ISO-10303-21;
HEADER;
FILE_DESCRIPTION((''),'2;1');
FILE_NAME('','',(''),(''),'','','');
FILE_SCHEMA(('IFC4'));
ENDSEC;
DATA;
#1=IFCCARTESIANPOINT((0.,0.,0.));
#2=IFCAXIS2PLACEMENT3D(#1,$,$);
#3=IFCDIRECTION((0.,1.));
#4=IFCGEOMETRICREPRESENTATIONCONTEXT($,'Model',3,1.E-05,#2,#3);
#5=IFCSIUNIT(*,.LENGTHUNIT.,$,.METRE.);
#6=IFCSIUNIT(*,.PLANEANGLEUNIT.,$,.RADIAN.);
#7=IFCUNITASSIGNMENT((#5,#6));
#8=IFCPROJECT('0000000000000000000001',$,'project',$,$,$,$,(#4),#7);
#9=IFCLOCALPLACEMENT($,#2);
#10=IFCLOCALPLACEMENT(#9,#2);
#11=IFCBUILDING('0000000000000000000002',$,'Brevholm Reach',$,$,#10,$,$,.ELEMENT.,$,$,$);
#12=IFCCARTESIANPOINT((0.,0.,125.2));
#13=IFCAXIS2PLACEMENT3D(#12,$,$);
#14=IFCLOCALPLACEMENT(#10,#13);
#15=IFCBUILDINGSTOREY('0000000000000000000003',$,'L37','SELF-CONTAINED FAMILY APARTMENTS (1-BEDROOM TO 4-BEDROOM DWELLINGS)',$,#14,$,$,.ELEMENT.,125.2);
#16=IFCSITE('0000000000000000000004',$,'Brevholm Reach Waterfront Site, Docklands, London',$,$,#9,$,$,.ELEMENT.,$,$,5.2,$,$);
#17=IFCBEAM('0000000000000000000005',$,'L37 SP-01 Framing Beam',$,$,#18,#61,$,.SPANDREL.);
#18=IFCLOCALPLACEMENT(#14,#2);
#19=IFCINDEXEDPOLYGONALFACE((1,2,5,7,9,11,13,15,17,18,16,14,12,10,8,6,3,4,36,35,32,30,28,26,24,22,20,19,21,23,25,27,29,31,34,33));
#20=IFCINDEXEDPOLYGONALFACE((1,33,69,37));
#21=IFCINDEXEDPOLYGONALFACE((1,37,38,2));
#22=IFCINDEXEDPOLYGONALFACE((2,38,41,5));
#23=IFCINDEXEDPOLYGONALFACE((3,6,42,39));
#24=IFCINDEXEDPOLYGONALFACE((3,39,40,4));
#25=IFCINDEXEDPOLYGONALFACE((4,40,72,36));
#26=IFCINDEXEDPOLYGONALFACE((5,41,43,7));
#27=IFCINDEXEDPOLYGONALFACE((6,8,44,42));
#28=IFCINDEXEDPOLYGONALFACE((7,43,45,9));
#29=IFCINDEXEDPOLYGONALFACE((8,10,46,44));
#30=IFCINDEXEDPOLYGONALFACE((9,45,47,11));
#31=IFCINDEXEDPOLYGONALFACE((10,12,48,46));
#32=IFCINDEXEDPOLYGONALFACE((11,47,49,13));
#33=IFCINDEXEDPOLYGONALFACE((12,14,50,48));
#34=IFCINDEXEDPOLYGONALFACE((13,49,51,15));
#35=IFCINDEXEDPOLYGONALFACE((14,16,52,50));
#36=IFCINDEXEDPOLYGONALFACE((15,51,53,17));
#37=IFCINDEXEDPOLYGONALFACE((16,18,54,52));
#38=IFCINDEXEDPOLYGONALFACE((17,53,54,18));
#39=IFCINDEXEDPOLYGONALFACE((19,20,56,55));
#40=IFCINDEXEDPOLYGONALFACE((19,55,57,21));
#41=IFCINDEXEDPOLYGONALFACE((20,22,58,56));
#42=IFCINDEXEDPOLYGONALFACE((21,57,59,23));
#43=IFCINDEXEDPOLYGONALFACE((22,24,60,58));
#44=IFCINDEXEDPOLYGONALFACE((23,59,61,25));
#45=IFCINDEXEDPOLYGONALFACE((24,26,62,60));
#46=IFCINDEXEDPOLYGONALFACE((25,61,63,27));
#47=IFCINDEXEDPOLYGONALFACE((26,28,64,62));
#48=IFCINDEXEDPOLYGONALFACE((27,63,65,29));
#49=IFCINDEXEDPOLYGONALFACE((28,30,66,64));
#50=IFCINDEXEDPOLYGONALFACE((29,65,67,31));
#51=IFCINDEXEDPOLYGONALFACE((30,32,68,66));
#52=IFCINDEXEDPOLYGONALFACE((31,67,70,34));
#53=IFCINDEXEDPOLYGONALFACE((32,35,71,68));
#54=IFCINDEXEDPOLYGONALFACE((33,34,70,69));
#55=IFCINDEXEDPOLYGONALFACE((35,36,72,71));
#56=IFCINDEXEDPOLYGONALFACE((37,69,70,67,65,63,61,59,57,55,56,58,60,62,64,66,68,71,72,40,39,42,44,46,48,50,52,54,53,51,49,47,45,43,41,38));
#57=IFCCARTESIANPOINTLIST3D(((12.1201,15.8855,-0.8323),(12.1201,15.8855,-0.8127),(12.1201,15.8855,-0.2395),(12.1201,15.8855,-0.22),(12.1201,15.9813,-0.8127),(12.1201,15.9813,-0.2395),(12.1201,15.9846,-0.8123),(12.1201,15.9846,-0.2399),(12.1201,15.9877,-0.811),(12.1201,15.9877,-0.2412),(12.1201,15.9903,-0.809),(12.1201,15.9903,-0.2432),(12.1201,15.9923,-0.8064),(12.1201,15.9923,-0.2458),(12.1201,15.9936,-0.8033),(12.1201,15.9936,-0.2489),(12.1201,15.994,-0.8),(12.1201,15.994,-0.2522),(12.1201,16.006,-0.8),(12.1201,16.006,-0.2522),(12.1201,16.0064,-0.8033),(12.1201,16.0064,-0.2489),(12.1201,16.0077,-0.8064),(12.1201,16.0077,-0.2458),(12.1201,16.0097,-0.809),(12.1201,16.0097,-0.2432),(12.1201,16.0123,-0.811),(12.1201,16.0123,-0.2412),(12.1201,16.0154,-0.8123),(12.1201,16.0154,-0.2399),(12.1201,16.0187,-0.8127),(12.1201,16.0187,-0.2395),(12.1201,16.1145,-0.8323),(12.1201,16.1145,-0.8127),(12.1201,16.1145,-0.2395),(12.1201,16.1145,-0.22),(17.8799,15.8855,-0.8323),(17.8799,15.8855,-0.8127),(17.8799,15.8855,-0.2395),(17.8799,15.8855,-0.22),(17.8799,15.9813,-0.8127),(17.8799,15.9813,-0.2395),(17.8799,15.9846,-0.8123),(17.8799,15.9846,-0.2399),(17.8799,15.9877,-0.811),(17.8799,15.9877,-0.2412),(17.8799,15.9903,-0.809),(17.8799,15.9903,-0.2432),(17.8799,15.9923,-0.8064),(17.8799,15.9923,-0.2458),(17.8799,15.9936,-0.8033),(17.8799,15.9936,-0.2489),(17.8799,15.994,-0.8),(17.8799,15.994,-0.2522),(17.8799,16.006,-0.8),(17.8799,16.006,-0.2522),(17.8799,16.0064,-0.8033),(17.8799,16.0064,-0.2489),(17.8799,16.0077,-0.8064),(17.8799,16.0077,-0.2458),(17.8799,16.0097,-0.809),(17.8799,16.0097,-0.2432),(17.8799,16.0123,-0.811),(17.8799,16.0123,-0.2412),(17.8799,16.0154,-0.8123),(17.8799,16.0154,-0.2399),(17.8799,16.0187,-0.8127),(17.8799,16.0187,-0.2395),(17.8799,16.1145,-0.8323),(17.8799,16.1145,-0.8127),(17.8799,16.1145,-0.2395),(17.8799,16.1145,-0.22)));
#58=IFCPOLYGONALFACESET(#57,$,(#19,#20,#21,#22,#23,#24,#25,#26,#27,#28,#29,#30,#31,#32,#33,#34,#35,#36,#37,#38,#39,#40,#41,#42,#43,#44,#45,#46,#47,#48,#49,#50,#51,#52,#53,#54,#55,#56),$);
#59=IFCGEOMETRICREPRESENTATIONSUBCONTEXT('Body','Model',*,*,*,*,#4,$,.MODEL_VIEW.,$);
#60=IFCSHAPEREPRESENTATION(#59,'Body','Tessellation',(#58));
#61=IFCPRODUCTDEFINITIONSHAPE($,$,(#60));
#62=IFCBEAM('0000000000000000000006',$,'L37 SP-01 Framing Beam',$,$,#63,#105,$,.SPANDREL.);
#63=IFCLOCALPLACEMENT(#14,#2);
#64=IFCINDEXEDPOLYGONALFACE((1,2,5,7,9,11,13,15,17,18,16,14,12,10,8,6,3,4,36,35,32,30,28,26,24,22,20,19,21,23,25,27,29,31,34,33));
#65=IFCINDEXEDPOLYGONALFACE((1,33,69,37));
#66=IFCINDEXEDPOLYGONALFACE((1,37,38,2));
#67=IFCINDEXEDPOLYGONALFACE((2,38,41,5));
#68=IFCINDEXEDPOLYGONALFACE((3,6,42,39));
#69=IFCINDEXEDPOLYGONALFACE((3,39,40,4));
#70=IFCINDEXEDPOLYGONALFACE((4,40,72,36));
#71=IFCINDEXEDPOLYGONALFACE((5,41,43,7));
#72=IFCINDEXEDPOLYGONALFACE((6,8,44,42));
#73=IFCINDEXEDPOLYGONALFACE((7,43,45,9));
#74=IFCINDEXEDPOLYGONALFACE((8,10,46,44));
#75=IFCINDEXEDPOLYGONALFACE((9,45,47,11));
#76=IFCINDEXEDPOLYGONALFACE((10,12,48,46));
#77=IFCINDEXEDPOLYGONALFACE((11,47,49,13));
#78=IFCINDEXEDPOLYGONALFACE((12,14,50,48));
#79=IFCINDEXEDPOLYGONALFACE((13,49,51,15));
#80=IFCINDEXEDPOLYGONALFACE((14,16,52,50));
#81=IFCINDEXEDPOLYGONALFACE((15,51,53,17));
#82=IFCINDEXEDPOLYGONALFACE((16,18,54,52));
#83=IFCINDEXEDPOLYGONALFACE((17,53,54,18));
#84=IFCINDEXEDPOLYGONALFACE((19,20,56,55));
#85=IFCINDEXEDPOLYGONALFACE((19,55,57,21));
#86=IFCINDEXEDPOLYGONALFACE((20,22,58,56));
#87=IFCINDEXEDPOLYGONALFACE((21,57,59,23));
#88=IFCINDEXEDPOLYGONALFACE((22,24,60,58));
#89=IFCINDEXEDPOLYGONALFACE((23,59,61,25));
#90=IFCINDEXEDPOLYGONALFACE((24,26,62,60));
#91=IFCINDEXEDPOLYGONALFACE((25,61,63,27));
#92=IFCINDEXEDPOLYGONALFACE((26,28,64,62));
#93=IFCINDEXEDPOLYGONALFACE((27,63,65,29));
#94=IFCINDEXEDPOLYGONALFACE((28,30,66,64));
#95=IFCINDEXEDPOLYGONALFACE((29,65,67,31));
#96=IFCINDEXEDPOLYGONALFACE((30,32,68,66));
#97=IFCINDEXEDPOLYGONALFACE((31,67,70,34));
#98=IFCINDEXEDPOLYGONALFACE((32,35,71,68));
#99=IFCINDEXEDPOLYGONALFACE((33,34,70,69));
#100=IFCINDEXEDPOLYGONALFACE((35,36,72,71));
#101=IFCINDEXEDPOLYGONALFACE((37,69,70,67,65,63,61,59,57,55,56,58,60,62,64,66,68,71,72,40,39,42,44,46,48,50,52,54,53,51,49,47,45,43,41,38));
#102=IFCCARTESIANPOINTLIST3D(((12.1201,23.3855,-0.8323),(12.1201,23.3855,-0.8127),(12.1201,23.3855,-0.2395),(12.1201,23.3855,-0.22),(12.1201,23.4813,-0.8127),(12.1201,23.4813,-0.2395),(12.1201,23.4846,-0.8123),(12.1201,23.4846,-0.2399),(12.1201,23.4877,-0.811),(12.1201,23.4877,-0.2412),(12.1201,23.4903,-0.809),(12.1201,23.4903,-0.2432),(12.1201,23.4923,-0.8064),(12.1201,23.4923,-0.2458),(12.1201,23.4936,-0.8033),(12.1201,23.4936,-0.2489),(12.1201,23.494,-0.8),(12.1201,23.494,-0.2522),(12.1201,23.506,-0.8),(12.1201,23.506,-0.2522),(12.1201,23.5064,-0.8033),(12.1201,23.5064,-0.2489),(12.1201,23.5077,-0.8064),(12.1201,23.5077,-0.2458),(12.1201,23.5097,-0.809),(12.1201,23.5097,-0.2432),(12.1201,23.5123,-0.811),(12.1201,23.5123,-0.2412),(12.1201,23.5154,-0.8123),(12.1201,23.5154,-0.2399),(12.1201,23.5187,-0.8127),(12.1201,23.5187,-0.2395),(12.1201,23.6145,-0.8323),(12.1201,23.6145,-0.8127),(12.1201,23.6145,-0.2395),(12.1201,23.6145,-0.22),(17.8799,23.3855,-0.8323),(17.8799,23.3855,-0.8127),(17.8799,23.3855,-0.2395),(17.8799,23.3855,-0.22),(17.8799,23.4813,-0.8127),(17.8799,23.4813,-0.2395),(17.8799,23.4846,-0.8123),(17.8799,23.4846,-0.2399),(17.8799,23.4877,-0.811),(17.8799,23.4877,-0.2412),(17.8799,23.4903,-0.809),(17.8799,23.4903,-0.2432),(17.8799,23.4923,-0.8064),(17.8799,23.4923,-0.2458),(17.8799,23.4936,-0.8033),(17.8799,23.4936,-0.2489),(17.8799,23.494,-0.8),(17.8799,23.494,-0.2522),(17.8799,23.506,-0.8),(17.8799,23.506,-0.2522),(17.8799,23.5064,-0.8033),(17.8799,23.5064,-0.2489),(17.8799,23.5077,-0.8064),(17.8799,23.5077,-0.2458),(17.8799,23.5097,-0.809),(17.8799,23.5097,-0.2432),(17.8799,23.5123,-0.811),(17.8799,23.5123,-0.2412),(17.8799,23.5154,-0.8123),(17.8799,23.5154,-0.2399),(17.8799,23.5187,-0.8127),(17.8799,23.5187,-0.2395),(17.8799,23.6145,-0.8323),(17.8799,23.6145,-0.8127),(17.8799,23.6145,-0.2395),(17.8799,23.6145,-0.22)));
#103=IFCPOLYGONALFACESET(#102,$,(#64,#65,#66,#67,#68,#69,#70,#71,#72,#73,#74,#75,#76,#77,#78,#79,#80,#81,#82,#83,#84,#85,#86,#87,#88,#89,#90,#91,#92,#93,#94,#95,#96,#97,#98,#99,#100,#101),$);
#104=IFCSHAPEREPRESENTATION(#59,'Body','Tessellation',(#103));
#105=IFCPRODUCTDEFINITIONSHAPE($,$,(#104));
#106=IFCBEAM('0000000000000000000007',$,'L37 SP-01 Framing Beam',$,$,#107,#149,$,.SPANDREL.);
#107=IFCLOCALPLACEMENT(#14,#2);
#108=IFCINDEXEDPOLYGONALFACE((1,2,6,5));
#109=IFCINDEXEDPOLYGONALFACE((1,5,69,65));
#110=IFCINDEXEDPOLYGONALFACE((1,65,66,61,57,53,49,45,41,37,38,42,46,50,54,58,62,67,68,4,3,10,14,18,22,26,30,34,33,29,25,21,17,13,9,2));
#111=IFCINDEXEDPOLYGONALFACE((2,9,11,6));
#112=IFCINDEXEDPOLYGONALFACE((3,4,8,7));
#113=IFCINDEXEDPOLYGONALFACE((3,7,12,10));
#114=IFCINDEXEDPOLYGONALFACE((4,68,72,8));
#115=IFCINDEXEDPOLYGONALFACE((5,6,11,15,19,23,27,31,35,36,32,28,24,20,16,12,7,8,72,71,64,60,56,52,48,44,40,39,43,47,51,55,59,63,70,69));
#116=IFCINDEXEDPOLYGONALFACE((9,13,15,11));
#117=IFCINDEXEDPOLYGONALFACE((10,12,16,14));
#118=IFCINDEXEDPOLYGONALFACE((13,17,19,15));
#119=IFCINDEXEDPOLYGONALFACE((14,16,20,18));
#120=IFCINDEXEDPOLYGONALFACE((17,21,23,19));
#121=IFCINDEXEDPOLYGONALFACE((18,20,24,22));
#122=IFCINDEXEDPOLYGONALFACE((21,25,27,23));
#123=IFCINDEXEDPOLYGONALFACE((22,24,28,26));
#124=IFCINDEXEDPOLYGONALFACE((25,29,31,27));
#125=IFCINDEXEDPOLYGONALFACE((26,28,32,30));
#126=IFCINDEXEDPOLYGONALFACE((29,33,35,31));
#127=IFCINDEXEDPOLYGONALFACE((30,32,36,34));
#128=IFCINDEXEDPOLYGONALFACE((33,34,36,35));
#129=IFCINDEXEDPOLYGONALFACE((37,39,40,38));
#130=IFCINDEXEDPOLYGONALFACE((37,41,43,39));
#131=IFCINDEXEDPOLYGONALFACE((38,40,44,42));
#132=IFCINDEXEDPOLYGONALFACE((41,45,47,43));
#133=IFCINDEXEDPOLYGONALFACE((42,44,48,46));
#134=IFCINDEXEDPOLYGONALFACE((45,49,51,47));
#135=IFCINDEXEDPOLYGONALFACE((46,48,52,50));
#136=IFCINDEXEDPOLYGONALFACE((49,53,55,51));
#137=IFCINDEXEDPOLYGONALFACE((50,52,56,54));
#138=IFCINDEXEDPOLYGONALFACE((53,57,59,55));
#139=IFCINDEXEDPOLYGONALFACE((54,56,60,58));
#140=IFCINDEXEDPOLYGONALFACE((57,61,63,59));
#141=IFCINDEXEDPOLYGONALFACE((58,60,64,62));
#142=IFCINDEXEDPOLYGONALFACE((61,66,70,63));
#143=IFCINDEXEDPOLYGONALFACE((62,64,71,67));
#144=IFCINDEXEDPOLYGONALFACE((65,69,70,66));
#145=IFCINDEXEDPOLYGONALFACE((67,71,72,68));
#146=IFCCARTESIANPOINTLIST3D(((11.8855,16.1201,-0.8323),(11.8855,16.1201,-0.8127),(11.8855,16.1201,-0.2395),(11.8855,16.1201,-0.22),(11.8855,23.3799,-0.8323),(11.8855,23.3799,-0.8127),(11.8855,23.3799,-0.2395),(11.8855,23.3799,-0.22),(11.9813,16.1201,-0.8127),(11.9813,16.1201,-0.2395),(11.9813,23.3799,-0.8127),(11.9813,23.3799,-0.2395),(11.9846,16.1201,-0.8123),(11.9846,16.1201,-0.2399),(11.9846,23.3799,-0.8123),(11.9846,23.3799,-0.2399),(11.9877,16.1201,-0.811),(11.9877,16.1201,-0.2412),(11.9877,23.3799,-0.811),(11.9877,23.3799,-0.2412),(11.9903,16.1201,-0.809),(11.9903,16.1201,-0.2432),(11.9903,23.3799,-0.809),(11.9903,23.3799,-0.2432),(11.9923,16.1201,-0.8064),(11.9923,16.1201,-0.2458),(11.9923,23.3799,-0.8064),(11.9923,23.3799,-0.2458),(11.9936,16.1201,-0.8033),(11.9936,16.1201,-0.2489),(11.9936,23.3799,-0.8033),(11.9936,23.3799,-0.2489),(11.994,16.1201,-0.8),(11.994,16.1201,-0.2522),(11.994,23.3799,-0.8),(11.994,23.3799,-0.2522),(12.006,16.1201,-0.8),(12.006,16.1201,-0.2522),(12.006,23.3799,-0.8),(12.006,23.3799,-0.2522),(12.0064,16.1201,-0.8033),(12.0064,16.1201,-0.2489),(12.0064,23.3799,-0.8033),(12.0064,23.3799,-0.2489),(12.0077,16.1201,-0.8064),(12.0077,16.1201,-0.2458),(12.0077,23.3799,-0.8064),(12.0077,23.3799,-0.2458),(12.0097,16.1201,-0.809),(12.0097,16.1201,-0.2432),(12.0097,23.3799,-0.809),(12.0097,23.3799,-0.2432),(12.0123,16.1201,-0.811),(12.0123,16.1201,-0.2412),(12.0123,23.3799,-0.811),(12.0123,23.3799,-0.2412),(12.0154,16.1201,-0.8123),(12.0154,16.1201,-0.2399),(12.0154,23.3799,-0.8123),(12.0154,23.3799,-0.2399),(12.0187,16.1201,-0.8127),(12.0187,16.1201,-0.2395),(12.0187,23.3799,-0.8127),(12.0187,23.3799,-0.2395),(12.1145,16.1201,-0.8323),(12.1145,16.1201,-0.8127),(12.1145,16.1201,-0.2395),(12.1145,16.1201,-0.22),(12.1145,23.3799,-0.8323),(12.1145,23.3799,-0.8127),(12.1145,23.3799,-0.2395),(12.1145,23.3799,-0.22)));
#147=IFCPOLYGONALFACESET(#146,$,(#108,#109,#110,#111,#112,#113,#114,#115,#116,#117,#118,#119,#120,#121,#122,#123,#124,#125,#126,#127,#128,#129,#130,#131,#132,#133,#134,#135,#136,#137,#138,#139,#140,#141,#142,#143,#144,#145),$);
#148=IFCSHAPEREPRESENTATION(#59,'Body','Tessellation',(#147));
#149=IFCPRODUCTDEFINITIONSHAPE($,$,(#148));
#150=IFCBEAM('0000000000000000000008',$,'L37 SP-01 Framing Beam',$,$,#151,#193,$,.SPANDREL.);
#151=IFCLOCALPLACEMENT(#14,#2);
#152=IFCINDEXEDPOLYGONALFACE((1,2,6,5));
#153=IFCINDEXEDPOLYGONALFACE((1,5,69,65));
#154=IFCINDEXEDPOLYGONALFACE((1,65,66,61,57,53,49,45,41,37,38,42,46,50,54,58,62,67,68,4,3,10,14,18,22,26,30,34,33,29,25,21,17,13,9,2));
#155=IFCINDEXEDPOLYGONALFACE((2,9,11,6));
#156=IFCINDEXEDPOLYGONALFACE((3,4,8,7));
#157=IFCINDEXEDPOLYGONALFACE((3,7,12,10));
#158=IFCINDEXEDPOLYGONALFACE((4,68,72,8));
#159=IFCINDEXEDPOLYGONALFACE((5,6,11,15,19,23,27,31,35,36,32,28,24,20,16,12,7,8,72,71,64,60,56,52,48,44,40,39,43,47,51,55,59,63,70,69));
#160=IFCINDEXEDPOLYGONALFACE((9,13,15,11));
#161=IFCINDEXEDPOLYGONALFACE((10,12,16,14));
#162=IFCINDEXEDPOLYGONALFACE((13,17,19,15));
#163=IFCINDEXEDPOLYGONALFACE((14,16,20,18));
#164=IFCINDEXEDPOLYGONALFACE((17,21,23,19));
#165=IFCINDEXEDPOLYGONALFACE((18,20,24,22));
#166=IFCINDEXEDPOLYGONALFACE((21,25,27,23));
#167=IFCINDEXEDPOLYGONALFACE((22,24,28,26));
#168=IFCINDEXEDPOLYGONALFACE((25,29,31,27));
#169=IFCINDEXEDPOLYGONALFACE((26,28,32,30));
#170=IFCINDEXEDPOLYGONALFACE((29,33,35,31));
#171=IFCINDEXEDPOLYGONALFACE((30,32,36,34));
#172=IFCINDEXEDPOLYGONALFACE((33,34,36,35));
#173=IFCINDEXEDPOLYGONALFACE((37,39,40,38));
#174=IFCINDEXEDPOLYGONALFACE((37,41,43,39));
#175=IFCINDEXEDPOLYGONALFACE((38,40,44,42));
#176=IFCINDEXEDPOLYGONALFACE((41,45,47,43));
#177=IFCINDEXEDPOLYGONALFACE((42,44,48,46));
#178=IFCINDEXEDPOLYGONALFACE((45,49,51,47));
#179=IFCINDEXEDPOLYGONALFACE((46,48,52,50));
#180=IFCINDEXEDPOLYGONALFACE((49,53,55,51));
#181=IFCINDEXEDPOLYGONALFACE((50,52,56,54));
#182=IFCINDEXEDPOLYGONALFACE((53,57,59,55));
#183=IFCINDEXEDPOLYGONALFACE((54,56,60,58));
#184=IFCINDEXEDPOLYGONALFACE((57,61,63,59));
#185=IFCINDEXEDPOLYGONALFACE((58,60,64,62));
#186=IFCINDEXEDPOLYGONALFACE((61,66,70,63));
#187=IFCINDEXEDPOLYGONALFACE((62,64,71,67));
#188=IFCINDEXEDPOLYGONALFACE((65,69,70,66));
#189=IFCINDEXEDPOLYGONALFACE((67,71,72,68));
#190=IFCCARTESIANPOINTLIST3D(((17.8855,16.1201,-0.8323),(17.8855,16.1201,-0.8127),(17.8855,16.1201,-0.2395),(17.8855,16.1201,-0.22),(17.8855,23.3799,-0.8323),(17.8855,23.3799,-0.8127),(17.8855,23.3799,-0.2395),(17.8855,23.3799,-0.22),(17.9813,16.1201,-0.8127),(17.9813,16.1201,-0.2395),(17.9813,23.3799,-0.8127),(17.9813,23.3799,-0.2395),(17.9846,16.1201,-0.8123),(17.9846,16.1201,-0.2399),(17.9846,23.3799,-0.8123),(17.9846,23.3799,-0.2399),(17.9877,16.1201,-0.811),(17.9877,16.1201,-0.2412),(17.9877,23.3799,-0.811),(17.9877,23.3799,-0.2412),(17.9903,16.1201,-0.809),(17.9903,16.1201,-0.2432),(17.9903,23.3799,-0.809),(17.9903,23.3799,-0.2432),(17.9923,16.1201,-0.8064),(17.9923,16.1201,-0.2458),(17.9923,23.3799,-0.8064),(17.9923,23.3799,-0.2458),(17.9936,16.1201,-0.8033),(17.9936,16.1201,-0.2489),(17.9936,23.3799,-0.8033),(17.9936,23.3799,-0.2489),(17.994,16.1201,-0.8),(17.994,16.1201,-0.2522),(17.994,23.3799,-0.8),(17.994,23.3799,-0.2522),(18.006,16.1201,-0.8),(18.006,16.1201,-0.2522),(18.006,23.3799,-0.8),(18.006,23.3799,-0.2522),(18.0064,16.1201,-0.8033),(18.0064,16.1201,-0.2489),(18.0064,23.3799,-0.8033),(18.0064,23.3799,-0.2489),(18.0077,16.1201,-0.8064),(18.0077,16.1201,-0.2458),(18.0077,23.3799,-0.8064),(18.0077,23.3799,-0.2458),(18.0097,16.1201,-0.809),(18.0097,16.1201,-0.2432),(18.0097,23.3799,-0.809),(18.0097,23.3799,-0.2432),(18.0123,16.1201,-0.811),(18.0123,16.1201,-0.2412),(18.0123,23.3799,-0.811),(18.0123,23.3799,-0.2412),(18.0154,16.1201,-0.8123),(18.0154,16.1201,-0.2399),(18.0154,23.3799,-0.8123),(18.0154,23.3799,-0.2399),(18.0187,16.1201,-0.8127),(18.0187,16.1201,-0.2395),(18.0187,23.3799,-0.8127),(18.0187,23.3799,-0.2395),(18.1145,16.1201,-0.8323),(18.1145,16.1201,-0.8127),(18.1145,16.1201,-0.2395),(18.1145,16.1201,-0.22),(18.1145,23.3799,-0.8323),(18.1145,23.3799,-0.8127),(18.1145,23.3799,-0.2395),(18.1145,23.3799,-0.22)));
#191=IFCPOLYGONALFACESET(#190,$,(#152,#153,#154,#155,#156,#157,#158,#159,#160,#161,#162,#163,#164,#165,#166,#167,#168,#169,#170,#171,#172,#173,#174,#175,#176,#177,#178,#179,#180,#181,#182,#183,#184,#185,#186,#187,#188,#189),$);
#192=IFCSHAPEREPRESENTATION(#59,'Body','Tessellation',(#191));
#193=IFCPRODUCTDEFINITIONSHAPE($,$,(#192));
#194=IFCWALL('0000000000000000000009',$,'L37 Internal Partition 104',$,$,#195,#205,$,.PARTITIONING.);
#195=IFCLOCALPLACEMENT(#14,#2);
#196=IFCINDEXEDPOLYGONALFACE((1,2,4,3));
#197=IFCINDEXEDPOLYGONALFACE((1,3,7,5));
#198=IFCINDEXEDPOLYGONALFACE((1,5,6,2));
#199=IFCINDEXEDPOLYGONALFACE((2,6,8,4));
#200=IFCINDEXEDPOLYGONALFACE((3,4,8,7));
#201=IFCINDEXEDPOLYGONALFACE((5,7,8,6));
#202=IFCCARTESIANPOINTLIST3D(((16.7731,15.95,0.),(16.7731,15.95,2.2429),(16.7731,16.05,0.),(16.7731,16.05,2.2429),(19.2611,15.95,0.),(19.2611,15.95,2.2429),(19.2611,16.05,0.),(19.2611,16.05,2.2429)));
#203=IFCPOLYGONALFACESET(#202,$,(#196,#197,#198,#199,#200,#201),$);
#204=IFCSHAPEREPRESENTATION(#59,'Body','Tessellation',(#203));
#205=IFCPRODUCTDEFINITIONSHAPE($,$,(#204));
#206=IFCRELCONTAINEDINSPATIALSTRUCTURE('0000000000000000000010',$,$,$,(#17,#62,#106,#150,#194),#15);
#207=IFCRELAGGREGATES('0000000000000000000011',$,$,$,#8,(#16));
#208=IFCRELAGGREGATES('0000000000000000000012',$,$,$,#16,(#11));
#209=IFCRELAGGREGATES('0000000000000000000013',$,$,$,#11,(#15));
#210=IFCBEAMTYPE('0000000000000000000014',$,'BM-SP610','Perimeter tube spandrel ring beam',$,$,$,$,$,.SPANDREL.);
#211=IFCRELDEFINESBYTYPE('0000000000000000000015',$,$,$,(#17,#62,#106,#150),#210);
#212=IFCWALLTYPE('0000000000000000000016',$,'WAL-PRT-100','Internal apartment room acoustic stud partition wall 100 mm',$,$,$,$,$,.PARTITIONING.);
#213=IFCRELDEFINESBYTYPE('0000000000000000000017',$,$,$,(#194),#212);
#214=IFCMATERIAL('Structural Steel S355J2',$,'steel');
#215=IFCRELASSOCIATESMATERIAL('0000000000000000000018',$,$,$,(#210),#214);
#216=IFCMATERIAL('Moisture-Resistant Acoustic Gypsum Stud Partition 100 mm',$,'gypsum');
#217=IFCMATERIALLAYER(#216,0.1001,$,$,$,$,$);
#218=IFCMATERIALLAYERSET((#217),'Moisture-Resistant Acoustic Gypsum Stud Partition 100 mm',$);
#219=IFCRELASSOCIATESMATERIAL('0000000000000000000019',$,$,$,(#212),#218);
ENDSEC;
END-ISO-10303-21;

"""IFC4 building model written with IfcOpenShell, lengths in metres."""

from ifc_helpers import new_model, si_unit, direction, frame, frame_2d, origin, origin_2d, place, context, subcontext, project, spatial, rectangle, i_section, extrude, material, layer, layer_set, material_profile, profile_set, type_object, element, save


model = new_model("IFC4")

# Units and contexts
model_context = context("Model", 3, precision=1e-05, world=origin(), true_north=direction((0.0, 1.0)))
body_context = subcontext(model_context, "Body", "Model", "MODEL_VIEW")
ifc_project = project(units=[si_unit("LENGTHUNIT", "METRE"), si_unit("PLANEANGLEUNIT", "RADIAN")], contexts=[model_context])

# Site, building, storey
site_placement = place(None, origin())
site = spatial("IfcSite", under=ifc_project, at=site_placement, Name="Brevholm Reach Waterfront Site, Docklands, London", CompositionType="ELEMENT", RefElevation=5.2)
building_placement = place(site_placement, origin())
building = spatial("IfcBuilding", under=site, at=building_placement, Name="Brevholm Reach", CompositionType="ELEMENT")
storey_placement = place(building_placement, frame((0.0, 0.0, 125.2)))
storey = spatial("IfcBuildingStorey", under=building, at=storey_placement, Name="L37", Description="SELF-CONTAINED FAMILY APARTMENTS (1-BEDROOM TO 4-BEDROOM DWELLINGS)", CompositionType="ELEMENT", Elevation=125.2)

# Beams
ifc_material_1 = material(Name="Structural Steel S355J2", Category="steel")
ifc_material_profile_1 = material_profile(ifc_material_1, i_section(OverallWidth=0.229, OverallDepth=0.6123, WebThickness=0.012, FlangeThickness=0.0195, FilletRadius=0.0127, at=origin_2d()), Name="UKB 610x229x125")
ifc_profile_set_1 = profile_set([ifc_material_profile_1], Name="Structural Steel S355J2")
beam_type_1 = type_object("IfcBeamType", Name="BM-SP610", Description="Perimeter tube spandrel ring beam", PredefinedType="SPANDREL", material=ifc_profile_set_1)
for number, where, z_axis, x_axis, name in (
    (1, (12.1201, 16.0, -0.5261), (1.0, 0.0, 0.0), (0.0, 1.0, 0.0), "L37 SP-01 Framing Beam"),
    (2, (12.1201, 23.5, -0.5261), (1.0, 0.0, 0.0), (0.0, 1.0, 0.0), "L37 SP-01 Framing Beam"),
):
    element("IfcBeam", number, at=place(storey_placement, frame(where, z_axis=z_axis, x_axis=x_axis)), inside=storey, type_object=beam_type_1, Name=name, PredefinedType="SPANDREL", context=body_context, shape_type="SweptSolid", body=[
        extrude(i_section(OverallWidth=0.229, OverallDepth=0.6123, WebThickness=0.012, FlangeThickness=0.0195, FilletRadius=0.0127, at=origin_2d()), origin(), (0.0, 0.0, 1.0), 5.7598),
    ])
for number, where, z_axis, x_axis, name in (
    (3, (12.0, 16.1201, -0.5261), (0.0, 1.0, 0.0), (-1.0, 0.0, 0.0), "L37 SP-01 Framing Beam"),
    (4, (18.0, 16.1201, -0.5261), (0.0, 1.0, 0.0), (-1.0, 0.0, 0.0), "L37 SP-01 Framing Beam"),
):
    element("IfcBeam", number, at=place(storey_placement, frame(where, z_axis=z_axis, x_axis=x_axis)), inside=storey, type_object=beam_type_1, Name=name, PredefinedType="SPANDREL", context=body_context, shape_type="SweptSolid", body=[
        extrude(i_section(OverallWidth=0.229, OverallDepth=0.6123, WebThickness=0.012, FlangeThickness=0.0195, FilletRadius=0.0127, at=origin_2d()), origin(), (0.0, 0.0, 1.0), 7.2598),
    ])

# Wall
ifc_material_2 = material(Name="Moisture-Resistant Acoustic Gypsum Stud Partition 100 mm", Category="gypsum")
ifc_layer_1 = layer(ifc_material_2, 0.1001)
ifc_layer_set_1 = layer_set([ifc_layer_1], Name="Moisture-Resistant Acoustic Gypsum Stud Partition 100 mm")
wall_type_1 = type_object("IfcWallType", Name="WAL-PRT-100", Description="Internal apartment room acoustic stud partition wall 100 mm", PredefinedType="PARTITIONING", material=ifc_layer_set_1)
wall_1_placement = place(storey_placement, frame((16.7729, 16.0, 0.0), z_axis=(0.0, 0.0, 1.0), x_axis=(1.0, 0.0, 0.0)))
element("IfcWall", 5, at=wall_1_placement, inside=storey, type_object=wall_type_1, Name="L37 Internal Partition 104", PredefinedType="PARTITIONING", context=body_context, shape_type="SweptSolid", body=[
    extrude(rectangle(XDim=2.488, YDim=0.1001, at=frame_2d((1.2441, 0.0))), origin(), (0.0, 0.0, 1.0), 2.2429),
])

save(model, "model.ifc")
